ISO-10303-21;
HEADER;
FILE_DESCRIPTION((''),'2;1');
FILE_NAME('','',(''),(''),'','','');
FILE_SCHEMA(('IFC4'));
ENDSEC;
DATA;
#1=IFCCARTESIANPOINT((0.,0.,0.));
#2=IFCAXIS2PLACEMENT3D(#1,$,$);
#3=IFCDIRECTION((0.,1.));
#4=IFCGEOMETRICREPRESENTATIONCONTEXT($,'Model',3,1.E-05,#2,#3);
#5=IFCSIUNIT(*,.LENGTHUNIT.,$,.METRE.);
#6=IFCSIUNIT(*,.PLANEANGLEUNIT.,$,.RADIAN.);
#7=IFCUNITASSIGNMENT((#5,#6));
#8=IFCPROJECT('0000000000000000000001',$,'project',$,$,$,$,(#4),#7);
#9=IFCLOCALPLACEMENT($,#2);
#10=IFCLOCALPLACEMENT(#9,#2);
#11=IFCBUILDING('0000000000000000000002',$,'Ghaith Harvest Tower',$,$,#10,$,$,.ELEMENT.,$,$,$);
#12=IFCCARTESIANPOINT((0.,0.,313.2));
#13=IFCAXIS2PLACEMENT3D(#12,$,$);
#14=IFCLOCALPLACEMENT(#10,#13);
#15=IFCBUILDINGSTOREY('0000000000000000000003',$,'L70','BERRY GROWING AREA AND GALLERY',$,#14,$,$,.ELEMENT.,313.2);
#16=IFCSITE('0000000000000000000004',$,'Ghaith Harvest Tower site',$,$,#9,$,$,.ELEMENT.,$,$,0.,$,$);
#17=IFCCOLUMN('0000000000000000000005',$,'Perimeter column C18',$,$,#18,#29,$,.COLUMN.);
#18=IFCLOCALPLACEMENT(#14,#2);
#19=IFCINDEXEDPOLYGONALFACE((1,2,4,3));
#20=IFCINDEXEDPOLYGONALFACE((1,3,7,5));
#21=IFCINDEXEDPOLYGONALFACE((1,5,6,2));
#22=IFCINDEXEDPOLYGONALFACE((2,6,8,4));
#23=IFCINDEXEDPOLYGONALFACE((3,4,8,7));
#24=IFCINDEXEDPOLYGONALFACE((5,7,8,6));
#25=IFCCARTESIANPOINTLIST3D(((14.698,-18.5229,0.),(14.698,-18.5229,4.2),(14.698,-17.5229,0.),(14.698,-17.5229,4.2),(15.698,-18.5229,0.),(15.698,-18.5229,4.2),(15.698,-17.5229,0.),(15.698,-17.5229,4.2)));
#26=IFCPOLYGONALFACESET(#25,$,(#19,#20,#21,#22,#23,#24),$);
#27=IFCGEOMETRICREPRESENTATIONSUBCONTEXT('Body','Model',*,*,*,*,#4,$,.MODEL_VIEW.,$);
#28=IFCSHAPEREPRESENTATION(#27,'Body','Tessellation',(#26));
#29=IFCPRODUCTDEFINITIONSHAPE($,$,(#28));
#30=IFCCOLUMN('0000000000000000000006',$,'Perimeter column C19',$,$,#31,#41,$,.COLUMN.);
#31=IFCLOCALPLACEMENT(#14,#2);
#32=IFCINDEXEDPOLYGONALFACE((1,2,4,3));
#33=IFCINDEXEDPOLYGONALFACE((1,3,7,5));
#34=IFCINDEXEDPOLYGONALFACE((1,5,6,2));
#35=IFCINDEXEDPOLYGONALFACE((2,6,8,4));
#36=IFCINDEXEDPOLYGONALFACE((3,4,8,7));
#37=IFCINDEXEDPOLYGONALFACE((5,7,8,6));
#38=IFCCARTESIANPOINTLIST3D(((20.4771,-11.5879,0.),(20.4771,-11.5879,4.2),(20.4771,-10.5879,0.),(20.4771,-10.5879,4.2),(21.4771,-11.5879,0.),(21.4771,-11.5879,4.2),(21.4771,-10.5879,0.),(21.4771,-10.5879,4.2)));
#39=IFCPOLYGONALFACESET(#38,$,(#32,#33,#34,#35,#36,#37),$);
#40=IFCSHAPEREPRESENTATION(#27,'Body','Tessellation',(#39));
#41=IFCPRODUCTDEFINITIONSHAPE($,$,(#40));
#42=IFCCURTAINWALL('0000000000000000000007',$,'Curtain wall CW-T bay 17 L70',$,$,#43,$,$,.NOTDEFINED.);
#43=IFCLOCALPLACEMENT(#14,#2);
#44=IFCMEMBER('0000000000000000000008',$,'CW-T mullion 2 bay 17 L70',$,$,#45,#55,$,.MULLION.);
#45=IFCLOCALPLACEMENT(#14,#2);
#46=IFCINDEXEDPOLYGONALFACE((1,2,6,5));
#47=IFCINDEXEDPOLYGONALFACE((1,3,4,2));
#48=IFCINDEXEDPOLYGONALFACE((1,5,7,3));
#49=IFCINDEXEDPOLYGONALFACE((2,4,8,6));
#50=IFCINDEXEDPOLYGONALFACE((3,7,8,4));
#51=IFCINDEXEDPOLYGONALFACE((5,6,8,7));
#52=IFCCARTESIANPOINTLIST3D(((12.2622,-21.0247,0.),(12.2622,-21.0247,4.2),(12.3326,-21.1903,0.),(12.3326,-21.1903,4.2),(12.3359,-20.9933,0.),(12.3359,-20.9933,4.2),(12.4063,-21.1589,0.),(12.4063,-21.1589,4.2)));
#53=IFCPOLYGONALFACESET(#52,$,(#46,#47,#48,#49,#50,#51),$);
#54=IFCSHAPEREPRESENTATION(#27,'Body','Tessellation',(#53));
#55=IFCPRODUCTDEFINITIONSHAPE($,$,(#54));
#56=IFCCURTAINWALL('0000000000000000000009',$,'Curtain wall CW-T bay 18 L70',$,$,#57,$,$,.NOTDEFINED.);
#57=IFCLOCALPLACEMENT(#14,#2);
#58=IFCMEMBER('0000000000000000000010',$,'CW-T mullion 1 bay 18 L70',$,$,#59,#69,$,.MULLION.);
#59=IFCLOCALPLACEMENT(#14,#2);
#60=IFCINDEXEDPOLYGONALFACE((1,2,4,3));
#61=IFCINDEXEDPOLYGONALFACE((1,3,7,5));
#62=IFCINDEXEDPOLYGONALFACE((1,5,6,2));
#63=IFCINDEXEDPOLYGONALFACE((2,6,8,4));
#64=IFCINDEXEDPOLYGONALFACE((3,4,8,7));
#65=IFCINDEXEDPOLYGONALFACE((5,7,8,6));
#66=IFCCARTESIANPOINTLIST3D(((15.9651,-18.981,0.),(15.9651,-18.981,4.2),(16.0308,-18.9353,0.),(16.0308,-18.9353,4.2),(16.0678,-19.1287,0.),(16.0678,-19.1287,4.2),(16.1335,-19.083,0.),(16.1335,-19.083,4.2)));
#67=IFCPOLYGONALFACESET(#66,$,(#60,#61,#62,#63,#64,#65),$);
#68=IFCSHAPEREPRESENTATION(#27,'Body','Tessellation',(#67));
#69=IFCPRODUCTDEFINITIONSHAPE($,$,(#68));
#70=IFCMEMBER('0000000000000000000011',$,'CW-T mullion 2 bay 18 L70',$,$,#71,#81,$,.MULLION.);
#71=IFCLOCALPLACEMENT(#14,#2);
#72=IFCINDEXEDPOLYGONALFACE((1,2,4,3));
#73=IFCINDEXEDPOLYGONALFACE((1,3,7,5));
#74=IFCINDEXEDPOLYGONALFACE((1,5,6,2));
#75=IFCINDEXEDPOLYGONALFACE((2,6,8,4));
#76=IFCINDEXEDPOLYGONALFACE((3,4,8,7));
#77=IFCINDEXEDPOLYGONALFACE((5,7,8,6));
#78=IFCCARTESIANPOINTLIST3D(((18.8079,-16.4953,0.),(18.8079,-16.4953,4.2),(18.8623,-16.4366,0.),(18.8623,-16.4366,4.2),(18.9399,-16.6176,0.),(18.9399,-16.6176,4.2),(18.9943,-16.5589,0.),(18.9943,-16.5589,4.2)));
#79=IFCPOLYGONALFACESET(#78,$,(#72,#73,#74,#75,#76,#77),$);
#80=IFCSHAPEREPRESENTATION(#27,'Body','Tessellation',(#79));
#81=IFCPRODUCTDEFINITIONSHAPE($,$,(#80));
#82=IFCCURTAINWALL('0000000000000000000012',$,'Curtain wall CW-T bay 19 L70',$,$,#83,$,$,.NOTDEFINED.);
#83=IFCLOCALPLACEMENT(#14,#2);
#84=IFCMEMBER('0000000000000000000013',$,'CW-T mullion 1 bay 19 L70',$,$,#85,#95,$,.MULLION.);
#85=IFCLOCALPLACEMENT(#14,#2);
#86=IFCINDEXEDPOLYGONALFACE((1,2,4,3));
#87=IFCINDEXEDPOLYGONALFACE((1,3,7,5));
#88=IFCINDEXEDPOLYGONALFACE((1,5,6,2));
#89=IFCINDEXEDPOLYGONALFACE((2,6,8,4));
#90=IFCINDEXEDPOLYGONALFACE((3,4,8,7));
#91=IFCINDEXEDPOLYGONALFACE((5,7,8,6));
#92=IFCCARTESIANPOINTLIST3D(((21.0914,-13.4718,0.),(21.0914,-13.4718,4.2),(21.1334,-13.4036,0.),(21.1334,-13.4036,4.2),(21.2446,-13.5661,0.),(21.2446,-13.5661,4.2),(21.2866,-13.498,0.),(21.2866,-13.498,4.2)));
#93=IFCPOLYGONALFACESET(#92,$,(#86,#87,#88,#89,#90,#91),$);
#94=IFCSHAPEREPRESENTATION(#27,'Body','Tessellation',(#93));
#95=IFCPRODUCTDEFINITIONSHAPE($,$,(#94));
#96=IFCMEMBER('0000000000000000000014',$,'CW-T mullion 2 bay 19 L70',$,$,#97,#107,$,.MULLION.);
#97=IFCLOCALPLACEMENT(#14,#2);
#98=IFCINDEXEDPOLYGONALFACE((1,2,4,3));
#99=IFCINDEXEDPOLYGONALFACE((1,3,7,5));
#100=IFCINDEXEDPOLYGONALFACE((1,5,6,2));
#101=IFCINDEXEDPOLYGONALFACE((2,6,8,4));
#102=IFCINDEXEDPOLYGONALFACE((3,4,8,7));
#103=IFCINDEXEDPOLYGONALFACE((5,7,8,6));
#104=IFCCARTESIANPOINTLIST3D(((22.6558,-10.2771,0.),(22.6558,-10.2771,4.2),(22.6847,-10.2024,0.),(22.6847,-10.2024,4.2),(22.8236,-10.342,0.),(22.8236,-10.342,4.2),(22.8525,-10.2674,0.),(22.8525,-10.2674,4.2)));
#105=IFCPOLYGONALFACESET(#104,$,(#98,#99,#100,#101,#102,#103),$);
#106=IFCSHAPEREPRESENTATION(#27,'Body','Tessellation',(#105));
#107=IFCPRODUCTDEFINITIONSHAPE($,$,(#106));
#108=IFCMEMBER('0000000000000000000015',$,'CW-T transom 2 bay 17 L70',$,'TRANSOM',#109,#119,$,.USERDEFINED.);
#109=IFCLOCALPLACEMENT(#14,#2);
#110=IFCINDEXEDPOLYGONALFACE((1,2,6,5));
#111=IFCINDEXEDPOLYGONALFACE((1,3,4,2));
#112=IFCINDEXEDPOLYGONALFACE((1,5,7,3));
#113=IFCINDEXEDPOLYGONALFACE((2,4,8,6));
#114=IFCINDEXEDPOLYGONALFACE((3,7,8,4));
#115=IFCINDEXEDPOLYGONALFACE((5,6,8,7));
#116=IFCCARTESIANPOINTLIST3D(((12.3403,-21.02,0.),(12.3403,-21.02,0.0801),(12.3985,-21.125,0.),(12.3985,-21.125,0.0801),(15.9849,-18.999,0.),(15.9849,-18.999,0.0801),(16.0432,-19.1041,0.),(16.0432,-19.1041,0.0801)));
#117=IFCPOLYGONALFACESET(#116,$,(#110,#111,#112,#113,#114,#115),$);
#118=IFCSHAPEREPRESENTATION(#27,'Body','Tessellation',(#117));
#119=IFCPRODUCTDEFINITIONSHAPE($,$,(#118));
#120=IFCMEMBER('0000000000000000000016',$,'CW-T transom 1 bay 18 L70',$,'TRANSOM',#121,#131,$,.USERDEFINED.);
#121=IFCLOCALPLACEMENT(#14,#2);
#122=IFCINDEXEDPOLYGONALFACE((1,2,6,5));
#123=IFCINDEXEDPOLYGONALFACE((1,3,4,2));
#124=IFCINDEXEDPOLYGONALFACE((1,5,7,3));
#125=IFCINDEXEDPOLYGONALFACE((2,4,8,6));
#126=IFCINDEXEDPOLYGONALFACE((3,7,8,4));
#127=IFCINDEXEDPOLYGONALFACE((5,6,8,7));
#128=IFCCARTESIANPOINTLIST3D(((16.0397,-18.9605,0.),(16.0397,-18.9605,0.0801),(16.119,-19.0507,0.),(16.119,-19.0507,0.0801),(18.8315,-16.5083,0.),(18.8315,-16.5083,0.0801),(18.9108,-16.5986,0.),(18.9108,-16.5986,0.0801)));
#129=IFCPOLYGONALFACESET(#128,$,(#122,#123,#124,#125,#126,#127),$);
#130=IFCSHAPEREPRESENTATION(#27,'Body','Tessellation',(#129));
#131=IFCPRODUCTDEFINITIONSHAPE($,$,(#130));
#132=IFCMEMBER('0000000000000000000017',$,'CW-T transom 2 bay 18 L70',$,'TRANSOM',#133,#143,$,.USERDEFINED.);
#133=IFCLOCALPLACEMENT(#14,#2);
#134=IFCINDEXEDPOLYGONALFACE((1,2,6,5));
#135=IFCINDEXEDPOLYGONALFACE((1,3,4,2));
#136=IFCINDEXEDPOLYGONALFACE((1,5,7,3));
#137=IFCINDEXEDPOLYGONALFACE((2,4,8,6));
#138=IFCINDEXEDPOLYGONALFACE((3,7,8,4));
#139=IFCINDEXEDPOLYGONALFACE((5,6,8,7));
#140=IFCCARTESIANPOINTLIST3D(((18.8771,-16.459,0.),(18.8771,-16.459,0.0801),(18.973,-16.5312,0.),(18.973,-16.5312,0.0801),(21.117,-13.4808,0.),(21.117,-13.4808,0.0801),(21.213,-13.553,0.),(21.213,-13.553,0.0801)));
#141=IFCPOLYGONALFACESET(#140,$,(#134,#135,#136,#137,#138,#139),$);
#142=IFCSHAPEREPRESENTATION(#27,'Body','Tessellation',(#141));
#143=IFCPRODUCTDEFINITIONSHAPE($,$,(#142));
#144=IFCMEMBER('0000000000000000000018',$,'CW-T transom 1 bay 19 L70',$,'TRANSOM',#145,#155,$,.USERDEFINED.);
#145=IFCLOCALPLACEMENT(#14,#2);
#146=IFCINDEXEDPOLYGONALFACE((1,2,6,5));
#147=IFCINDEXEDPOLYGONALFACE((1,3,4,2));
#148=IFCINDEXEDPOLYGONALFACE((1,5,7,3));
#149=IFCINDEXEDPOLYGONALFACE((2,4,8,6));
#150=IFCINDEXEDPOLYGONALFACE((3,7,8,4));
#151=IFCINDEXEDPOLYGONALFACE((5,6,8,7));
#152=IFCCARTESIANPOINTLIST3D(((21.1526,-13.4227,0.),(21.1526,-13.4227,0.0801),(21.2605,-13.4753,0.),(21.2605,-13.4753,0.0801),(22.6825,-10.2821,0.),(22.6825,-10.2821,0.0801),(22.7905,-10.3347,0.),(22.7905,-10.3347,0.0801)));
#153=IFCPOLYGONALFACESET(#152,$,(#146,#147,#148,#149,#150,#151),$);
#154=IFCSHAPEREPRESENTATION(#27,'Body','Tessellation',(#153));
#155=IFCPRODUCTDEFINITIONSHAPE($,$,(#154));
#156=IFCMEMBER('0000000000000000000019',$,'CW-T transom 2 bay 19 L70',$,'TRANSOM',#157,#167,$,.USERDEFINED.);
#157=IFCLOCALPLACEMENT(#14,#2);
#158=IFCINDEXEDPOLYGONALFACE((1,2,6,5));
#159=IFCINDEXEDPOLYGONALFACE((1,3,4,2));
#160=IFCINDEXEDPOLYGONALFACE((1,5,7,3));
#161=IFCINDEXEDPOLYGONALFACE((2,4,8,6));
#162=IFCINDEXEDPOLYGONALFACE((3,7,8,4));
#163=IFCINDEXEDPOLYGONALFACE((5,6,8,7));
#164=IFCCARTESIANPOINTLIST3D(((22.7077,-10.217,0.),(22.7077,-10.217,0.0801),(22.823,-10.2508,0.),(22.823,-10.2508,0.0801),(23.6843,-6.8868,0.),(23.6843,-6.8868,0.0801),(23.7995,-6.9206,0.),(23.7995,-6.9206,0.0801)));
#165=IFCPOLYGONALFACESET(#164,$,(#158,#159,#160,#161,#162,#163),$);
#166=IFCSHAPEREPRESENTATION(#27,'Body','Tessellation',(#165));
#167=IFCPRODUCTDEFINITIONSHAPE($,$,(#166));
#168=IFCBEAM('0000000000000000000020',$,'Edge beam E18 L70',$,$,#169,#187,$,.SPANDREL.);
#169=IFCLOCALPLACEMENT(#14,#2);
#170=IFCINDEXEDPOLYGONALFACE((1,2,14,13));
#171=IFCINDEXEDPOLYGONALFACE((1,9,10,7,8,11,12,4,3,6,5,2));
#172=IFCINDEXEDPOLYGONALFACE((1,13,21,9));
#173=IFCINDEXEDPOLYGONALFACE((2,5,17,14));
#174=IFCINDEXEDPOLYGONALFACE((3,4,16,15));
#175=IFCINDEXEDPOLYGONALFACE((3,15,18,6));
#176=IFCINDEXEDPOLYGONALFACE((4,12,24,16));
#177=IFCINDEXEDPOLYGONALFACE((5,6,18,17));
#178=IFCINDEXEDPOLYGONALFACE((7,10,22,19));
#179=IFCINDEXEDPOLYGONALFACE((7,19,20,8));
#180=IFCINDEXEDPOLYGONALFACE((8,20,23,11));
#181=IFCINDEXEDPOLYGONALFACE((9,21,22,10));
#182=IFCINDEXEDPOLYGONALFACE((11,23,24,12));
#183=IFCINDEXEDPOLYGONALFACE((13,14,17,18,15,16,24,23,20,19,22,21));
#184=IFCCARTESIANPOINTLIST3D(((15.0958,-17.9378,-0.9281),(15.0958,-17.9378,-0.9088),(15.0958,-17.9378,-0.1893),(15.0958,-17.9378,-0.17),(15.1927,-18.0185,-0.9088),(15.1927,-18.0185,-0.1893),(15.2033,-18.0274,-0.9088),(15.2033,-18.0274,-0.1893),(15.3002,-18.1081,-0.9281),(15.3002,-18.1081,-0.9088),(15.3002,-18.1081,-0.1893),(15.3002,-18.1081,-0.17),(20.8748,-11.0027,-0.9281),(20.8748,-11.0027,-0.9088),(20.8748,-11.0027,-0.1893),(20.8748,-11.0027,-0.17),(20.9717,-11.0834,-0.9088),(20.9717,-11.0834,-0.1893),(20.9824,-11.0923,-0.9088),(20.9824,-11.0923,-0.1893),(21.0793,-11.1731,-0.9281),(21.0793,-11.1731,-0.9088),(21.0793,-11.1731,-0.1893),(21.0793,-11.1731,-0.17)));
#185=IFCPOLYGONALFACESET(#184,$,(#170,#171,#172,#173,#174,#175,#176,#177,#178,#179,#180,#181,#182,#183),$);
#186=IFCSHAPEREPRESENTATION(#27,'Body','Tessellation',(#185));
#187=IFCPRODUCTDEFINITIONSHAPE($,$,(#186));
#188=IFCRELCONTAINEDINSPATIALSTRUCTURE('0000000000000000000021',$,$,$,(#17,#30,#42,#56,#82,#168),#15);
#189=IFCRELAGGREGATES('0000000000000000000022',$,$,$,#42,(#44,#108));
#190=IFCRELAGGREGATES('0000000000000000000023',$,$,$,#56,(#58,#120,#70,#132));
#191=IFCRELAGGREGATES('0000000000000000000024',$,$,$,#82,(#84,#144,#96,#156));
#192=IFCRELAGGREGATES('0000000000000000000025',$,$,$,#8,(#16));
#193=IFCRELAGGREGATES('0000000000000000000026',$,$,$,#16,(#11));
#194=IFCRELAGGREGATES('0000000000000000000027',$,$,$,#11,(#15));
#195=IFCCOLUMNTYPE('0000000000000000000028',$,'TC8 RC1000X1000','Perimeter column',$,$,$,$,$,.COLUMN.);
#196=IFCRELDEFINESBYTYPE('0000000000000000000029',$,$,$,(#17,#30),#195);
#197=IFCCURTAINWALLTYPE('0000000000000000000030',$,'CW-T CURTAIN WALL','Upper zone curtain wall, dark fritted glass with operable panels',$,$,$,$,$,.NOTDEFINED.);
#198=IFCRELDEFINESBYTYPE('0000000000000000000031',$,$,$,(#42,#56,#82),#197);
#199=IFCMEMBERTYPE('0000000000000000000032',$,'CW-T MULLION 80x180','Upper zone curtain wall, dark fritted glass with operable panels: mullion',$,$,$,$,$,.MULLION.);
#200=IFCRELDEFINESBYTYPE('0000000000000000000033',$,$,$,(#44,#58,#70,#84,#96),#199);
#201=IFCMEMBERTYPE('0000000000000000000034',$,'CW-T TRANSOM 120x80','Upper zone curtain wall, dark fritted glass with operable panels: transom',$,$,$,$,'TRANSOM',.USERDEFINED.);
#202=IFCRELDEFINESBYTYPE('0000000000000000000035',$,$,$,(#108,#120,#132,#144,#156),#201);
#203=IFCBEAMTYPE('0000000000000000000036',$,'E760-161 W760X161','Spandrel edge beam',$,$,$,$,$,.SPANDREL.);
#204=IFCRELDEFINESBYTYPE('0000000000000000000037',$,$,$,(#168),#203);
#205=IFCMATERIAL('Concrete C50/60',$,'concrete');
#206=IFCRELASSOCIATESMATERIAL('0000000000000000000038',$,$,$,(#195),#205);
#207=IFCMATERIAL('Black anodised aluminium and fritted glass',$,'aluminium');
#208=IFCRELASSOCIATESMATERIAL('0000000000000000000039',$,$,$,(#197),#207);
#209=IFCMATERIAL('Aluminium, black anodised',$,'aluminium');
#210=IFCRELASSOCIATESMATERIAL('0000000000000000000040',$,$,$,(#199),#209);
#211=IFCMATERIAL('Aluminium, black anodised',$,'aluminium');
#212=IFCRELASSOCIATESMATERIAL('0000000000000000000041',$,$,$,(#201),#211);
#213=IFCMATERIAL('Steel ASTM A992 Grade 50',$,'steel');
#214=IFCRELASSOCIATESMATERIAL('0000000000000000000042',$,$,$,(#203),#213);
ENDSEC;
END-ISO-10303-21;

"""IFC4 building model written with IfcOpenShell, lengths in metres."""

from ifc_helpers import new_model, si_unit, direction, frame, origin, origin_2d, place, context, subcontext, project, spatial, rectangle, i_section, extrude, material, material_profile, profile_set, type_object, element, aggregate, save


model = new_model("IFC4")

# Units and contexts
model_context = context("Model", 3, precision=1e-05, world=origin(), true_north=direction((0.0, 1.0)))
body_context = subcontext(model_context, "Body", "Model", "MODEL_VIEW")
ifc_project = project(units=[si_unit("LENGTHUNIT", "METRE"), si_unit("PLANEANGLEUNIT", "RADIAN")], contexts=[model_context])

# Site, building, storey
site_placement = place(None, origin())
site = spatial("IfcSite", under=ifc_project, at=site_placement, Name="Ghaith Harvest Tower site", CompositionType="ELEMENT", RefElevation=0.0)
building_placement = place(site_placement, origin())
building = spatial("IfcBuilding", under=site, at=building_placement, Name="Ghaith Harvest Tower", CompositionType="ELEMENT")
storey_placement = place(building_placement, frame((0.0, 0.0, 313.2)))
storey = spatial("IfcBuildingStorey", under=building, at=storey_placement, Name="L70", Description="BERRY GROWING AREA AND GALLERY", CompositionType="ELEMENT", Elevation=313.2)

# Columns
ifc_material_1 = material(Name="Concrete C50/60", Category="concrete")
ifc_material_profile_1 = material_profile(ifc_material_1, rectangle(XDim=1.0, YDim=1.0, at=origin_2d()), Name="RC1000X1000")
ifc_profile_set_1 = profile_set([ifc_material_profile_1], Name="Concrete C50/60")
column_type = type_object("IfcColumnType", Name="TC8 RC1000X1000", Description="Perimeter column", PredefinedType="COLUMN", material=ifc_profile_set_1)
for number, where, z_axis, x_axis, name in (
    (1, (15.198, -18.0229, 0.0), (0.0, 0.0, 1.0), (1.0, 0.0, 0.0), "Perimeter column C18"),
    (2, (20.9771, -11.0879, 0.0), (0.0, 0.0, 1.0), (1.0, 0.0, 0.0), "Perimeter column C19"),
):
    element("IfcColumn", number, at=place(storey_placement, frame(where, z_axis=z_axis, x_axis=x_axis)), inside=storey, type_object=column_type, Name=name, PredefinedType="COLUMN", context=body_context, shape_type="SweptSolid", body=[
        extrude(rectangle(XDim=1.0, YDim=1.0, at=origin_2d()), origin(), (0.0, 0.0, 1.0), 4.2),
    ])

# Curtain wall, member
ifc_material_2 = material(Name="Black anodised aluminium and fritted glass", Category="aluminium")
curtain_wall_type = type_object("IfcCurtainWallType", Name="CW-T CURTAIN WALL", Description="Upper zone curtain wall, dark fritted glass with operable panels", PredefinedType="NOTDEFINED", material=ifc_material_2)
curtain_wall_1_placement = place(storey_placement, origin())
curtain_wall_1 = element("IfcCurtainWall", 3, at=curtain_wall_1_placement, inside=storey, type_object=curtain_wall_type, Name="Curtain wall CW-T bay 17 L70", PredefinedType="NOTDEFINED")
ifc_material_3 = material(Name="Aluminium, black anodised", Category="aluminium")
ifc_material_profile_2 = material_profile(ifc_material_3, rectangle(XDim=0.0801, YDim=0.1799, at=origin_2d()), Name="CW-T MULLION 80x180")
ifc_profile_set_2 = profile_set([ifc_material_profile_2], Name="Aluminium, black anodised")
member_type_1 = type_object("IfcMemberType", Name="CW-T MULLION 80x180", Description="Upper zone curtain wall, dark fritted glass with operable panels: mullion", PredefinedType="MULLION", material=ifc_profile_set_2)
member_1_placement = place(storey_placement, frame((12.3342, -21.0918, 0.0), z_axis=(0.0, 0.0, 1.0), x_axis=(0.920319, 0.391168, 0.0)))
member_1 = element("IfcMember", 4, at=member_1_placement, type_object=member_type_1, Name="CW-T mullion 2 bay 17 L70", PredefinedType="MULLION", context=body_context, shape_type="SweptSolid", body=[
    extrude(rectangle(XDim=0.0801, YDim=0.1799, at=origin_2d()), origin(), (0.0, 0.0, 1.0), 4.2),
])

# Curtain walls, members
curtain_wall_2_placement = place(storey_placement, origin())
curtain_wall_2 = element("IfcCurtainWall", 5, at=curtain_wall_2_placement, inside=storey, type_object=curtain_wall_type, Name="Curtain wall CW-T bay 18 L70", PredefinedType="NOTDEFINED")
member_2_placement = place(storey_placement, frame((16.0493, -19.032, 0.0), z_axis=(0.0, 0.0, 1.0), x_axis=(0.821112, 0.570767, 0.0)))
member_2 = element("IfcMember", 6, at=member_2_placement, type_object=member_type_1, Name="CW-T mullion 1 bay 18 L70", PredefinedType="MULLION", context=body_context, shape_type="SweptSolid", body=[
    extrude(rectangle(XDim=0.0801, YDim=0.1799, at=origin_2d()), origin(), (0.0, 0.0, 1.0), 4.2),
])
member_3_placement = place(storey_placement, frame((18.9011, -16.5271, 0.0), z_axis=(0.0, 0.0, 1.0), x_axis=(0.679661, 0.733526, 0.0)))
member_3 = element("IfcMember", 7, at=member_3_placement, type_object=member_type_1, Name="CW-T mullion 2 bay 18 L70", PredefinedType="MULLION", context=body_context, shape_type="SweptSolid", body=[
    extrude(rectangle(XDim=0.0801, YDim=0.1799, at=origin_2d()), origin(), (0.0, 0.0, 1.0), 4.2),
])
curtain_wall_3_placement = place(storey_placement, origin())
curtain_wall_3 = element("IfcCurtainWall", 8, at=curtain_wall_3_placement, inside=storey, type_object=curtain_wall_type, Name="Curtain wall CW-T bay 19 L70", PredefinedType="NOTDEFINED")
member_4_placement = place(storey_placement, frame((21.189, -13.4849, 0.0), z_axis=(0.0, 0.0, 1.0), x_axis=(0.524482, 0.851421, 0.0)))
member_4 = element("IfcMember", 9, at=member_4_placement, type_object=member_type_1, Name="CW-T mullion 1 bay 19 L70", PredefinedType="MULLION", context=body_context, shape_type="SweptSolid", body=[
    extrude(rectangle(XDim=0.0801, YDim=0.1799, at=origin_2d()), origin(), (0.0, 0.0, 1.0), 4.2),
])
member_5_placement = place(storey_placement, frame((22.7542, -10.2722, 0.0), z_axis=(0.0, 0.0, 1.0), x_axis=(0.361184, 0.932494, 0.0)))
member_5 = element("IfcMember", 10, at=member_5_placement, type_object=member_type_1, Name="CW-T mullion 2 bay 19 L70", PredefinedType="MULLION", context=body_context, shape_type="SweptSolid", body=[
    extrude(rectangle(XDim=0.0801, YDim=0.1799, at=origin_2d()), origin(), (0.0, 0.0, 1.0), 4.2),
])

# Members
ifc_material_4 = material(Name="Aluminium, black anodised", Category="aluminium")
ifc_material_profile_3 = material_profile(ifc_material_4, rectangle(XDim=0.1201, YDim=0.0801, at=origin_2d()), Name="CW-T TRANSOM 120x80")
ifc_profile_set_3 = profile_set([ifc_material_profile_3], Name="Aluminium, black anodised")
member_type_2 = type_object("IfcMemberType", Name="CW-T TRANSOM 120x80", Description="Upper zone curtain wall, dark fritted glass with operable panels: transom", ElementType="TRANSOM", PredefinedType="USERDEFINED", material=ifc_profile_set_3)
member_6_placement = place(storey_placement, frame((12.3694, -21.0725, 0.04), z_axis=(0.874552, 0.484932, 0.0), x_axis=(-0.484932, 0.874552, 0.0)))
member_6 = element("IfcMember", 11, at=member_6_placement, type_object=member_type_2, Name="CW-T transom 2 bay 17 L70", ObjectType="TRANSOM", PredefinedType="USERDEFINED", context=body_context, shape_type="SweptSolid", body=[
    extrude(rectangle(XDim=0.1201, YDim=0.0801, at=origin_2d()), origin(), (0.0, 0.0, 1.0), 4.1675),
])
member_7_placement = place(storey_placement, frame((16.0793, -19.0056, 0.04), z_axis=(0.751326, 0.659931, 0.0), x_axis=(-0.659931, 0.751326, 0.0)))
member_7 = element("IfcMember", 12, at=member_7_placement, type_object=member_type_2, Name="CW-T transom 1 bay 18 L70", ObjectType="TRANSOM", PredefinedType="USERDEFINED", context=body_context, shape_type="SweptSolid", body=[
    extrude(rectangle(XDim=0.1201, YDim=0.0801, at=origin_2d()), origin(), (0.0, 0.0, 1.0), 3.7158),
])
member_8_placement = place(storey_placement, frame((18.925, -16.4951, 0.04), z_axis=(0.601079, 0.79919, 0.0), x_axis=(-0.79919, 0.601079, 0.0)))
member_8 = element("IfcMember", 13, at=member_8_placement, type_object=member_type_2, Name="CW-T transom 2 bay 18 L70", ObjectType="TRANSOM", PredefinedType="USERDEFINED", context=body_context, shape_type="SweptSolid", body=[
    extrude(rectangle(XDim=0.1201, YDim=0.0801, at=origin_2d()), origin(), (0.0, 0.0, 1.0), 3.7266),
])
member_9_placement = place(storey_placement, frame((21.2065, -13.449, 0.04), z_axis=(0.437965, 0.898992, 0.0), x_axis=(-0.898992, 0.437965, 0.0)))
member_9 = element("IfcMember", 14, at=member_9_placement, type_object=member_type_2, Name="CW-T transom 1 bay 19 L70", ObjectType="TRANSOM", PredefinedType="USERDEFINED", context=body_context, shape_type="SweptSolid", body=[
    extrude(rectangle(XDim=0.1201, YDim=0.0801, at=origin_2d()), origin(), (0.0, 0.0, 1.0), 3.4934),
])
member_10_placement = place(storey_placement, frame((22.7654, -10.2339, 0.04), z_axis=(0.281385, 0.959595, 0.0), x_axis=(-0.959595, 0.281385, 0.0)))
member_10 = element("IfcMember", 15, at=member_10_placement, type_object=member_type_2, Name="CW-T transom 2 bay 19 L70", ObjectType="TRANSOM", PredefinedType="USERDEFINED", context=body_context, shape_type="SweptSolid", body=[
    extrude(rectangle(XDim=0.1201, YDim=0.0801, at=origin_2d()), origin(), (0.0, 0.0, 1.0), 3.4705),
])

# Beam
ifc_material_5 = material(Name="Steel ASTM A992 Grade 50", Category="steel")
ifc_material_profile_4 = material_profile(ifc_material_5, i_section(OverallWidth=0.2661, OverallDepth=0.7581, WebThickness=0.0139, FlangeThickness=0.0193, at=origin_2d()), Name="W760X161")
ifc_profile_set_4 = profile_set([ifc_material_profile_4], Name="Steel ASTM A992 Grade 50")
beam_type_1 = type_object("IfcBeamType", Name="E760-161 W760X161", Description="Spandrel edge beam", PredefinedType="SPANDREL", material=ifc_profile_set_4)
beam_1_placement = place(storey_placement, frame((15.198, -18.0229, -0.5491), z_axis=(0.640174, 0.76823, 0.0), x_axis=(-0.76823, 0.640174, 0.0)))
element("IfcBeam", 16, at=beam_1_placement, inside=storey, type_object=beam_type_1, Name="Edge beam E18 L70", PredefinedType="SPANDREL", context=body_context, shape_type="SweptSolid", body=[
    extrude(i_section(OverallWidth=0.2661, OverallDepth=0.7581, WebThickness=0.0139, FlangeThickness=0.0193, at=origin_2d()), origin(), (0.0, 0.0, 1.0), 9.0273),
])

aggregate(curtain_wall_1, [member_1, member_6])
aggregate(curtain_wall_2, [member_2, member_7, member_3, member_8])
aggregate(curtain_wall_3, [member_4, member_9, member_5, member_10])

save(model, "model.ifc")
